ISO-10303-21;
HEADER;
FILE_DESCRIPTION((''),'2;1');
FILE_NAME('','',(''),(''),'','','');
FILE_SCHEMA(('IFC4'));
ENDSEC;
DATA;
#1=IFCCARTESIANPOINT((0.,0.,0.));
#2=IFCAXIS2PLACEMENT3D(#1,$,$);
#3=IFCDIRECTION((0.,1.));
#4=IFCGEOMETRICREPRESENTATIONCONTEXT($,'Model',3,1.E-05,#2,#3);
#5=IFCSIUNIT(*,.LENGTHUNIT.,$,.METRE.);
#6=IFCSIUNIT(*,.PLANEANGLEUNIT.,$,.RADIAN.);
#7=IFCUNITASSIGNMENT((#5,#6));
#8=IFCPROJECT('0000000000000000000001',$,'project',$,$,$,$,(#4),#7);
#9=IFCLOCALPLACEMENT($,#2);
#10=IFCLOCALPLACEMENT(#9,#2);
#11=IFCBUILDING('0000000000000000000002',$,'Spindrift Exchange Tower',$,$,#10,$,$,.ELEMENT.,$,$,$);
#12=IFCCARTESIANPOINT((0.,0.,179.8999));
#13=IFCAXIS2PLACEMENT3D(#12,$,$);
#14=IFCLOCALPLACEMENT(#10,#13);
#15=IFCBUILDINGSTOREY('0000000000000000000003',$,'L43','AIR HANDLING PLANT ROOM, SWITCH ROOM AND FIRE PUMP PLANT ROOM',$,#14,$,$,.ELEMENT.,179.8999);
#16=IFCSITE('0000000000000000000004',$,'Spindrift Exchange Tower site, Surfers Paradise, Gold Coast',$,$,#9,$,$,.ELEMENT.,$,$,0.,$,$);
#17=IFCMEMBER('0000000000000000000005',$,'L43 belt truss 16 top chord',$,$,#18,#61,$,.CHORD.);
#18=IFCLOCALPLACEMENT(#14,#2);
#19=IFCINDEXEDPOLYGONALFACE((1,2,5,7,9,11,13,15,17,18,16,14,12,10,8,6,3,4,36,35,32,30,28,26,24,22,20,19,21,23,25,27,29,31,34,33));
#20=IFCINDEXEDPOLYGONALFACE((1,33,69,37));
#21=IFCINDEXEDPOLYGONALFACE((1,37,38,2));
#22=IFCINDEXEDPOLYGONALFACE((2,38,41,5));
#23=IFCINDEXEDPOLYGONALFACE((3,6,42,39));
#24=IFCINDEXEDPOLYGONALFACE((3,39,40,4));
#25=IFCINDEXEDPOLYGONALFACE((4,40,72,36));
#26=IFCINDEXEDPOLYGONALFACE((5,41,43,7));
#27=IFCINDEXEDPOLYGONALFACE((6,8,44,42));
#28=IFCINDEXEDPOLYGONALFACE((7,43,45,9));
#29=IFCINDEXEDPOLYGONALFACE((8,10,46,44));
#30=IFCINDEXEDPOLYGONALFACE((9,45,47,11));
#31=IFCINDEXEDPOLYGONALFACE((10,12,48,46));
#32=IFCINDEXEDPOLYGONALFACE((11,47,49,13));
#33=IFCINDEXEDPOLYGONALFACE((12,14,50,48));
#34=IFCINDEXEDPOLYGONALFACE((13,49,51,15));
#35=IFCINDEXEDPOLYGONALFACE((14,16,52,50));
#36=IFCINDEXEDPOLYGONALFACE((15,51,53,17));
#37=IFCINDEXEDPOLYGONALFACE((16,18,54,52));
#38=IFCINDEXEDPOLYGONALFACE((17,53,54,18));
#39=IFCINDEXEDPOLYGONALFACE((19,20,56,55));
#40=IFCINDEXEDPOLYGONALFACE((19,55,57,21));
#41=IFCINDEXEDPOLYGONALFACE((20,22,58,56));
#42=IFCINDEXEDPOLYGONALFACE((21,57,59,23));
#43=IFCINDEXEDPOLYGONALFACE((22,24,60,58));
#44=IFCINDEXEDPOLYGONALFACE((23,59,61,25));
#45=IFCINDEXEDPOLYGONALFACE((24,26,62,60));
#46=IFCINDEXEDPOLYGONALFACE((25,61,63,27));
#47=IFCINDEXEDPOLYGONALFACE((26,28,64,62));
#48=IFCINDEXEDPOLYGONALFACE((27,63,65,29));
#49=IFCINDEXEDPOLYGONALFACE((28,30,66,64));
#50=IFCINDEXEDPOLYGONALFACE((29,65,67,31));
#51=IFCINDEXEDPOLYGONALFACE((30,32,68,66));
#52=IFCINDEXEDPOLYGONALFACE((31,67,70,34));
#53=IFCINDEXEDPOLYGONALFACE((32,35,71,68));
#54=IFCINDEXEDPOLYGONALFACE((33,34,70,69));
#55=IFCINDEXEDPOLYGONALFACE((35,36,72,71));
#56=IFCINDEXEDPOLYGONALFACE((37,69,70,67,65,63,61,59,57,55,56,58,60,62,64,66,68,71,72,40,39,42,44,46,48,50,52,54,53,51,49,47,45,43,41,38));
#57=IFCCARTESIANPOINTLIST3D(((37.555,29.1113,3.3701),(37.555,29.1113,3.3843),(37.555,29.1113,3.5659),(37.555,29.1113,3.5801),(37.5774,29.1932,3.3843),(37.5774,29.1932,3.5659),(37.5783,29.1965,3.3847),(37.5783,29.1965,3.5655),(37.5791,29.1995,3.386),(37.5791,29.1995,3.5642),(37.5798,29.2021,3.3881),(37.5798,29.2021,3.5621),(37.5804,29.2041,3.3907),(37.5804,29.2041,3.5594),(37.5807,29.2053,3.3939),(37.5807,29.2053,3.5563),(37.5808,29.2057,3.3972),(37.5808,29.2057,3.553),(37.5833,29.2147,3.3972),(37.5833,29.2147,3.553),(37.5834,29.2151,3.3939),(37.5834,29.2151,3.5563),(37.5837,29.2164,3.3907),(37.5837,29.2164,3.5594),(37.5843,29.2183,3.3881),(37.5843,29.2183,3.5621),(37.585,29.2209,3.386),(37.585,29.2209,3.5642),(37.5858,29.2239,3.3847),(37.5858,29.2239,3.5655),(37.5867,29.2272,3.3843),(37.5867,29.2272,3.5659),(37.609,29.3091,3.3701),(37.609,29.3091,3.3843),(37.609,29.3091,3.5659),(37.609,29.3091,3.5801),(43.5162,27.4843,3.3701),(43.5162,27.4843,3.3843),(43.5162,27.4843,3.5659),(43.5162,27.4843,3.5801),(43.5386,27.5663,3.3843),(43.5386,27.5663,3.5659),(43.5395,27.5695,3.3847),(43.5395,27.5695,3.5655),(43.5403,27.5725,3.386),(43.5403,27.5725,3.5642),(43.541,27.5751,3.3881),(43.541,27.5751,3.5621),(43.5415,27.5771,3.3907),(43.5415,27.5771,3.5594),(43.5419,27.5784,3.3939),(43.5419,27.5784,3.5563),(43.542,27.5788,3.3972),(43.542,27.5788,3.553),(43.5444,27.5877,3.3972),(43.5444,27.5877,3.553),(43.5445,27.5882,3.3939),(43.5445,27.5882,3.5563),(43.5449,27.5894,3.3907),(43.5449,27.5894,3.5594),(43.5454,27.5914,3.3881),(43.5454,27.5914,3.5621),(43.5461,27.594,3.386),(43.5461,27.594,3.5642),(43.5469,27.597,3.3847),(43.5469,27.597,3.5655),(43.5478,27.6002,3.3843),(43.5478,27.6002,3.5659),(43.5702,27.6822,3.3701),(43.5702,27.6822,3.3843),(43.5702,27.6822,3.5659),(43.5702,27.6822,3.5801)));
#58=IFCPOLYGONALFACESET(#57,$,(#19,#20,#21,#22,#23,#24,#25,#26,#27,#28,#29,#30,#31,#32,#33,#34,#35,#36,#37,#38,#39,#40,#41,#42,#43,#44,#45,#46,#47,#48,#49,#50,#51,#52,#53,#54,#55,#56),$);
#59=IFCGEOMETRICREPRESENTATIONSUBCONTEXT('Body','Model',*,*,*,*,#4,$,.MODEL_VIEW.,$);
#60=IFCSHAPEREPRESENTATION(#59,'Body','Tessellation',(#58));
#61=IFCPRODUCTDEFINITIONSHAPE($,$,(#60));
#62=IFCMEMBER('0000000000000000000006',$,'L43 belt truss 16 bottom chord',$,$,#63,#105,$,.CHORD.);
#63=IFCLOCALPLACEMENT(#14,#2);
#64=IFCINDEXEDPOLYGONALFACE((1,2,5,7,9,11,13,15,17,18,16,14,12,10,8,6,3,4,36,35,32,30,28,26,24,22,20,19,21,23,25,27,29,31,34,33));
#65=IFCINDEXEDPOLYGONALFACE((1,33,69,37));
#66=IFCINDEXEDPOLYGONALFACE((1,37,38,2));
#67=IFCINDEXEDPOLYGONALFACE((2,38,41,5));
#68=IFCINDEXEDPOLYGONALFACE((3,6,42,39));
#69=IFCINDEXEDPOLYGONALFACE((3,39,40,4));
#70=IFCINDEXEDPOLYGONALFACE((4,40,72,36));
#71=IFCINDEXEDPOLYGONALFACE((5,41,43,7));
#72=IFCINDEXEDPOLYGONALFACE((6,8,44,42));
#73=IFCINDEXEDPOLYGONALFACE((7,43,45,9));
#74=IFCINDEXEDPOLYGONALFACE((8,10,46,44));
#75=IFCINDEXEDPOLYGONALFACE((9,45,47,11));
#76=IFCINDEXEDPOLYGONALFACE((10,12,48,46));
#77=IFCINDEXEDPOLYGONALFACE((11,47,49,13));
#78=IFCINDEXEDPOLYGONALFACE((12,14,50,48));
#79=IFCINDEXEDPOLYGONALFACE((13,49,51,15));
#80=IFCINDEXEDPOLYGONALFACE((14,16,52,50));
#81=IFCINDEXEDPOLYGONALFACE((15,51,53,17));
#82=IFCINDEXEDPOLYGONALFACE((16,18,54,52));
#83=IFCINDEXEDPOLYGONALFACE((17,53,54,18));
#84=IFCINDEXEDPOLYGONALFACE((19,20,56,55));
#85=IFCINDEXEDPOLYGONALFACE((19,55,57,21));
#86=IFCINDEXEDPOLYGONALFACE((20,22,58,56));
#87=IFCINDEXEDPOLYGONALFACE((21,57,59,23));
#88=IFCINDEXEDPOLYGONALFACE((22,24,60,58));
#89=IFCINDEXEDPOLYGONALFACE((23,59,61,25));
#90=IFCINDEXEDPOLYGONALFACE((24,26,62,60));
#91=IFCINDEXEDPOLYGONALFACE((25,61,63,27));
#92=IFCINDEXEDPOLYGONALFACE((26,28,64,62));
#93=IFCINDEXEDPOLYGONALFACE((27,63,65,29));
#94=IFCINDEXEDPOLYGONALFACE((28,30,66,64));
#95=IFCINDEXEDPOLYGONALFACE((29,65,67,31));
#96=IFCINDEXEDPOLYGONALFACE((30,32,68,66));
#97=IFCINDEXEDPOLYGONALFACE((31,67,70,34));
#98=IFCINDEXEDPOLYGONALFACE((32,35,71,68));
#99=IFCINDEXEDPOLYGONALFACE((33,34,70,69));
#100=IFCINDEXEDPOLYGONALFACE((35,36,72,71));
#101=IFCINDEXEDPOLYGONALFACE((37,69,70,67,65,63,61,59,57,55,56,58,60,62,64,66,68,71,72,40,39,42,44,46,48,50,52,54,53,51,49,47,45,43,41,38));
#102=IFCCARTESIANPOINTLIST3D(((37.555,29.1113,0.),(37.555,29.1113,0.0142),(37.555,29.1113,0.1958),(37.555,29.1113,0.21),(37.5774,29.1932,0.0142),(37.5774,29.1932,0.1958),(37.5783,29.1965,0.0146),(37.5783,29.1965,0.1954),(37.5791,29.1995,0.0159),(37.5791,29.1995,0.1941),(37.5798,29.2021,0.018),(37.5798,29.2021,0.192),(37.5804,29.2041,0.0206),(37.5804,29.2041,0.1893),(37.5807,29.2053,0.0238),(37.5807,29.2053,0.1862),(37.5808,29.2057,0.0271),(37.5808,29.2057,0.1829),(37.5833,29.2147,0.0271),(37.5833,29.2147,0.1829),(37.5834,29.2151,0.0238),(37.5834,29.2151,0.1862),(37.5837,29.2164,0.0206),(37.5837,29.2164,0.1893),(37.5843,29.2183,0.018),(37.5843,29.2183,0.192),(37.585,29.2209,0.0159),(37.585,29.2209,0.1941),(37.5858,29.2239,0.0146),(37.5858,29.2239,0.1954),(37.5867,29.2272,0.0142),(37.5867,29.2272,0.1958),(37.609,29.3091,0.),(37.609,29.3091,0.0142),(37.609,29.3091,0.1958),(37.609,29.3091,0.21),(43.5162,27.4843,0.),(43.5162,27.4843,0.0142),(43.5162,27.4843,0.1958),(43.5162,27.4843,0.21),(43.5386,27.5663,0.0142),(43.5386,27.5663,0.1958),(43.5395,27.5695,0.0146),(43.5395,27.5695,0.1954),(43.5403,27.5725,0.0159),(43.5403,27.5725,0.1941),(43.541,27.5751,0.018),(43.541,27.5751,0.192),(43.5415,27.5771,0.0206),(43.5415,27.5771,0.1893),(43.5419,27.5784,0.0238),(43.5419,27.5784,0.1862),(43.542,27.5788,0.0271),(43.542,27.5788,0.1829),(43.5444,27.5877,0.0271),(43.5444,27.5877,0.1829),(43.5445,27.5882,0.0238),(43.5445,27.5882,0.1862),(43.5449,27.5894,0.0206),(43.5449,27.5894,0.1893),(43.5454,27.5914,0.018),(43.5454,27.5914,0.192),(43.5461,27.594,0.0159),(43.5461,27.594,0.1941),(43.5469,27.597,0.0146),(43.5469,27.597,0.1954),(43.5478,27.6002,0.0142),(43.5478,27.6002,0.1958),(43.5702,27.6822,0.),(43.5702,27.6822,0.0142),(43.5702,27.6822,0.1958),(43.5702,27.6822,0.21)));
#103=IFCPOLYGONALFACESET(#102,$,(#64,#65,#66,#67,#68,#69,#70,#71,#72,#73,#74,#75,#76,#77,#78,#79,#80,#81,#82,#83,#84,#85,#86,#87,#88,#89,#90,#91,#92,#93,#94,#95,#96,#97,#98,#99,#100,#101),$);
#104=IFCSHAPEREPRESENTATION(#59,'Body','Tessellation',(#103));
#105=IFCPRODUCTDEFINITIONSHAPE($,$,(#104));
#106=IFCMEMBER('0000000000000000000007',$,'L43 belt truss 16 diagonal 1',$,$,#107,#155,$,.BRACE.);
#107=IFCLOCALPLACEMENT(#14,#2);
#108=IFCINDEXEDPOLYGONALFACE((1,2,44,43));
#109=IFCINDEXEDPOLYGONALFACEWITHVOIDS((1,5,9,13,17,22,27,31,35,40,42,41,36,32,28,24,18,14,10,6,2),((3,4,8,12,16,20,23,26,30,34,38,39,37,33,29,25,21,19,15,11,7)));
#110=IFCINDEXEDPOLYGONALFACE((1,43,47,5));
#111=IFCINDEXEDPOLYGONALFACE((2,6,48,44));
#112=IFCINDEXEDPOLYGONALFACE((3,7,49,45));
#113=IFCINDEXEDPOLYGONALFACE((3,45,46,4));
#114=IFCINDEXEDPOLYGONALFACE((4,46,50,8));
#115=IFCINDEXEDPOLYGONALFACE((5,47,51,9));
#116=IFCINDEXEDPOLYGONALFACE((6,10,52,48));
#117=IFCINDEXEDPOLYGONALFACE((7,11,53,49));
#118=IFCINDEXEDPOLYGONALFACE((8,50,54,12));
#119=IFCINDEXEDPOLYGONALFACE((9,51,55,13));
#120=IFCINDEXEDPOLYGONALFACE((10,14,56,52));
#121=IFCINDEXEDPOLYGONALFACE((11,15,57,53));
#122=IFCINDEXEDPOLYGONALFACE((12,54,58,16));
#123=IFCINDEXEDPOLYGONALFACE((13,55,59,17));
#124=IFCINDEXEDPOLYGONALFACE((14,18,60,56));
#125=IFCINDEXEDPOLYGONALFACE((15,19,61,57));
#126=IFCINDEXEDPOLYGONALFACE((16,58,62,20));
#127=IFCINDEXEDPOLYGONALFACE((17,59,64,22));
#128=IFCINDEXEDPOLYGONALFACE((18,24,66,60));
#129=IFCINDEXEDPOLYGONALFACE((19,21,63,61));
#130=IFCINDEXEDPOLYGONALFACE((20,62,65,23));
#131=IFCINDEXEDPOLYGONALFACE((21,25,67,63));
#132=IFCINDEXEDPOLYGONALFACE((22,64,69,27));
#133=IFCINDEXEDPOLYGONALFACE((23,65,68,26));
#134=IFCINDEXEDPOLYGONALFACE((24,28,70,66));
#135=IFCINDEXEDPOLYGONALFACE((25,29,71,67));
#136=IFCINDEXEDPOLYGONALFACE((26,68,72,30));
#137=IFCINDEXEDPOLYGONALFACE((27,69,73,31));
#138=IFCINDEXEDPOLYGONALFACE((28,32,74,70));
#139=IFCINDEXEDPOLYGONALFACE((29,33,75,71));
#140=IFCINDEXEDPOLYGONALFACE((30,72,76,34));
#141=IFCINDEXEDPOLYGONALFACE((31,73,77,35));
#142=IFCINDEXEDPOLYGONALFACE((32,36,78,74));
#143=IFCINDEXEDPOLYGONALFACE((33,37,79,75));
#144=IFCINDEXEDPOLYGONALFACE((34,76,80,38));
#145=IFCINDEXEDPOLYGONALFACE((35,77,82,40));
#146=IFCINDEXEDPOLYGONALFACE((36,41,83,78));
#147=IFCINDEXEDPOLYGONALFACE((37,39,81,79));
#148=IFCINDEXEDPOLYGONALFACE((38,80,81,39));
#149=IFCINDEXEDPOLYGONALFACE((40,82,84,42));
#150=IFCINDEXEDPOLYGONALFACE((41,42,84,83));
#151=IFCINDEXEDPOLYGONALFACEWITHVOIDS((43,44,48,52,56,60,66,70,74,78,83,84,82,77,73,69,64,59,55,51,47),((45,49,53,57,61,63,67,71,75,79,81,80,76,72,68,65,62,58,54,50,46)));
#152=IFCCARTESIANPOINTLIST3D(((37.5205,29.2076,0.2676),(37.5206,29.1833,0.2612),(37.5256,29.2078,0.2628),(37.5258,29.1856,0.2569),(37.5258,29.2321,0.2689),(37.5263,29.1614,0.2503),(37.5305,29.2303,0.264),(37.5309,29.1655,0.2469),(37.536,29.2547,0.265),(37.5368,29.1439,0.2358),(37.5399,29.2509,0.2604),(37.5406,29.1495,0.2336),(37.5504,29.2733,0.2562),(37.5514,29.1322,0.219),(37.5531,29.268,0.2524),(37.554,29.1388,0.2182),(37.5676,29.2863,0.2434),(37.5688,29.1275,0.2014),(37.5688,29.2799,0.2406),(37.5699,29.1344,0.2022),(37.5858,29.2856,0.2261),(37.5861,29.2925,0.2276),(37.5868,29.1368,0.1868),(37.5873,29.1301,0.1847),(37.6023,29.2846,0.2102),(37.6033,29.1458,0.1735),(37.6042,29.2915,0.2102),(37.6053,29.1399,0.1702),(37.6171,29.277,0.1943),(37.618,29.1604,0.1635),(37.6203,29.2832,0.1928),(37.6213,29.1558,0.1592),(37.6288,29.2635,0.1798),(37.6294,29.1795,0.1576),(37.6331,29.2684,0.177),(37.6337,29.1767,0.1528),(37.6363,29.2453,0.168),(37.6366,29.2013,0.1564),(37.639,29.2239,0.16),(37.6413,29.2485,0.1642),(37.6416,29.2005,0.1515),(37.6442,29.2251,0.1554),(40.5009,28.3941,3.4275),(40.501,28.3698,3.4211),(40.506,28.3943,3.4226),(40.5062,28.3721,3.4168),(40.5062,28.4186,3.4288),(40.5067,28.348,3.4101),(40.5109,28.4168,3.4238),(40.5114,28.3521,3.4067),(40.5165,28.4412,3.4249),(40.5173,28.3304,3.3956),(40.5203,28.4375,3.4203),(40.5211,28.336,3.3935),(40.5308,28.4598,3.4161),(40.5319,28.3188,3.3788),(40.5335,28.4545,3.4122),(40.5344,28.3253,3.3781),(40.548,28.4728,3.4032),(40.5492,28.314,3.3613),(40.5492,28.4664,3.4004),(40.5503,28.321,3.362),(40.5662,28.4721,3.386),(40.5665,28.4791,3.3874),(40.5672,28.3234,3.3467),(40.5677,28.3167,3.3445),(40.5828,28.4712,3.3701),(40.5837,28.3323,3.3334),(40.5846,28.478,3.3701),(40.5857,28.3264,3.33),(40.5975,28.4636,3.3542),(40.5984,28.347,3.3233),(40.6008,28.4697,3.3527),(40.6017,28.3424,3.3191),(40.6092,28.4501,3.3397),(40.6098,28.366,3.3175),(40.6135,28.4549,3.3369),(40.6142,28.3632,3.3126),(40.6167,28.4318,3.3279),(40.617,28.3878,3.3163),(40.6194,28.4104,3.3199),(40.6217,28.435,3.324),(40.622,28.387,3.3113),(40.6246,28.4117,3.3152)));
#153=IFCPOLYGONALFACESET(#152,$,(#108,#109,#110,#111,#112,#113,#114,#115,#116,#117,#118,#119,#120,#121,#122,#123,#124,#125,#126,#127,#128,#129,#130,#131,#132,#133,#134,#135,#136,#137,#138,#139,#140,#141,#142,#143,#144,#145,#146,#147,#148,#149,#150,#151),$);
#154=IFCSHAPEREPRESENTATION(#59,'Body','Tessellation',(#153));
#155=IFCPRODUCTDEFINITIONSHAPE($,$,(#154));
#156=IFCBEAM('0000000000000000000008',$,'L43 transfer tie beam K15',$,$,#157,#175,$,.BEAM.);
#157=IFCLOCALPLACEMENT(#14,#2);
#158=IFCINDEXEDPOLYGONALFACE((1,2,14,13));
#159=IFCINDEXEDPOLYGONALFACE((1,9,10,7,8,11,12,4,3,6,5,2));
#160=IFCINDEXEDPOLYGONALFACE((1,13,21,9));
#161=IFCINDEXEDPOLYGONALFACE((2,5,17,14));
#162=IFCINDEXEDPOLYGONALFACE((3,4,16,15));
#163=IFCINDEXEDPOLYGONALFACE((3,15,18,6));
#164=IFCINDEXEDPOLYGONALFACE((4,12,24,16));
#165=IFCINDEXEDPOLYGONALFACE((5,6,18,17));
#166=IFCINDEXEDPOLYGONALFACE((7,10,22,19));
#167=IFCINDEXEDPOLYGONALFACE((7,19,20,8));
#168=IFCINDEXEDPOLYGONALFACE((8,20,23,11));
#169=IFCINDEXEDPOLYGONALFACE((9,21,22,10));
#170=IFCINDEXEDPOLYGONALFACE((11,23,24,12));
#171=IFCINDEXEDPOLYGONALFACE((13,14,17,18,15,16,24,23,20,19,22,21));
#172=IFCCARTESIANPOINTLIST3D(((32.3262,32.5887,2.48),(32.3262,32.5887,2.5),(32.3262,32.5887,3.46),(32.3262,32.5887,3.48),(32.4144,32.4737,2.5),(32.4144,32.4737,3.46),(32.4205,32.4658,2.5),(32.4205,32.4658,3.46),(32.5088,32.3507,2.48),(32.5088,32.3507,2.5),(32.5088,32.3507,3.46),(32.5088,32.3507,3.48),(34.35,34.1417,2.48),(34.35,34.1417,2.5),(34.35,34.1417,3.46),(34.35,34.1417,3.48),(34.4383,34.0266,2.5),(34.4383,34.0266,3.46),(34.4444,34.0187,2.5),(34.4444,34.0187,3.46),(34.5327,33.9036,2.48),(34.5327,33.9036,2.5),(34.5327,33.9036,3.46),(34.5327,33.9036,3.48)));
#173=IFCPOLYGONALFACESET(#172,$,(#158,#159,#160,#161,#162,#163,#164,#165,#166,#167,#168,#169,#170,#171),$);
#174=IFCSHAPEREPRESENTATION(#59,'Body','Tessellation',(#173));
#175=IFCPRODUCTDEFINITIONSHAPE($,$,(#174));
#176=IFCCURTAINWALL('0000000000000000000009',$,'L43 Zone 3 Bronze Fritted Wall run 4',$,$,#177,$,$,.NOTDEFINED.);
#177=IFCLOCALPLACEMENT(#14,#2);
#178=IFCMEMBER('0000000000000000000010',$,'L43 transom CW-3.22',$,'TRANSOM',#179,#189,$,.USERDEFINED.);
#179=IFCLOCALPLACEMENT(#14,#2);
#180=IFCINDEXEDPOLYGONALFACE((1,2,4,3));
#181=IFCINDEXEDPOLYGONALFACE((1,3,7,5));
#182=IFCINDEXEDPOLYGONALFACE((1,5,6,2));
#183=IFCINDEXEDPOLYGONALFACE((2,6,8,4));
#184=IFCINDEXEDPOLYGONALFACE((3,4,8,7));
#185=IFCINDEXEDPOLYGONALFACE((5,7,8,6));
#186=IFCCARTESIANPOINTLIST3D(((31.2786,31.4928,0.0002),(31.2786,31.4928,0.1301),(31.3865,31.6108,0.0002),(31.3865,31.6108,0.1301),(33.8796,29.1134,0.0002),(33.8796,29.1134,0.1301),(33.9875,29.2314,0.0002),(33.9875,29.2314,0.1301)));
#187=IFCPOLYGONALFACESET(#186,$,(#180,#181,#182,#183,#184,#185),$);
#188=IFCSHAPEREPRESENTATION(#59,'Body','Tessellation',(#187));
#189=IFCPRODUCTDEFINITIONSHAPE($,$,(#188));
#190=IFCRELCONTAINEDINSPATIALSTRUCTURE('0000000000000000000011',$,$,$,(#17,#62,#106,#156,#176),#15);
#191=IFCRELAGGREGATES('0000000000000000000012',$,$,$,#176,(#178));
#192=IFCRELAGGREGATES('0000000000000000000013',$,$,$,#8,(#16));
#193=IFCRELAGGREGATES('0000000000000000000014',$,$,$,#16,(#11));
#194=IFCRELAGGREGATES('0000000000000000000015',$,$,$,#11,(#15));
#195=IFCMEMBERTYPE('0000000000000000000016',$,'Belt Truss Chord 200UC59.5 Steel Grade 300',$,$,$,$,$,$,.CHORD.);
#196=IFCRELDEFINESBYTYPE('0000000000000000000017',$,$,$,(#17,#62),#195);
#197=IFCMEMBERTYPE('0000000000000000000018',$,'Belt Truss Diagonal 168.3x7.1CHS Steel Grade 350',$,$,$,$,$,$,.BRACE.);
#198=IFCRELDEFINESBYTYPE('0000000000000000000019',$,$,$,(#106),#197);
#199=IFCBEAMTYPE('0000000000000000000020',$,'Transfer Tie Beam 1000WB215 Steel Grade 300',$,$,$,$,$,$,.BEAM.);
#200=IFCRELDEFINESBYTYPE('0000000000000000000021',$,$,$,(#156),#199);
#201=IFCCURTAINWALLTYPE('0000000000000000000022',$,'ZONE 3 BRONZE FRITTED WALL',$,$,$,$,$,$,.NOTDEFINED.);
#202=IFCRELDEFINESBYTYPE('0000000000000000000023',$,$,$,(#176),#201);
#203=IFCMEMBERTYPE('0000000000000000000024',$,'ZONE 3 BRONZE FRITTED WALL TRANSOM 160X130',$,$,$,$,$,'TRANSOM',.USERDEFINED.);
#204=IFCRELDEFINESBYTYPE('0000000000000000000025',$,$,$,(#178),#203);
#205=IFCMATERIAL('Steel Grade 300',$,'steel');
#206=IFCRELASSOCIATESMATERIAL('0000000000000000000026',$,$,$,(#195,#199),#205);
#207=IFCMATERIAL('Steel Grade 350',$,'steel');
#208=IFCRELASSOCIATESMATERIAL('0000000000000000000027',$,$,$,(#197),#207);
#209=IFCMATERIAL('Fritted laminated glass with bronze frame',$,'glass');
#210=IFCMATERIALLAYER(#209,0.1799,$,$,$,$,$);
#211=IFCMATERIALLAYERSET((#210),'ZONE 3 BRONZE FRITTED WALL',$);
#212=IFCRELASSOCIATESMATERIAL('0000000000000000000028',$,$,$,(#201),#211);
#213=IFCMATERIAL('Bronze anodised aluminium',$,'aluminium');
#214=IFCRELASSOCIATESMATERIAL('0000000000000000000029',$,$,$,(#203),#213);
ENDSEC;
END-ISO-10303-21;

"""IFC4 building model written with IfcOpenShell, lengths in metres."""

from ifc_helpers import new_model, si_unit, direction, frame, origin, origin_2d, place, context, subcontext, project, spatial, rectangle, hollow_circle, i_section, extrude, source, transform, mapped, material, layer, layer_set, material_profile, profile_set, type_object, element, aggregate, save


model = new_model("IFC4")

# Units and contexts
model_context = context("Model", 3, precision=1e-05, world=origin(), true_north=direction((0.0, 1.0)))
body_context = subcontext(model_context, "Body", "Model", "MODEL_VIEW")
ifc_project = project(units=[si_unit("LENGTHUNIT", "METRE"), si_unit("PLANEANGLEUNIT", "RADIAN")], contexts=[model_context])

# Site, building, storey
site_placement = place(None, origin())
site = spatial("IfcSite", under=ifc_project, at=site_placement, Name="Spindrift Exchange Tower site, Surfers Paradise, Gold Coast", CompositionType="ELEMENT", RefElevation=0.0)
building_placement = place(site_placement, origin())
building = spatial("IfcBuilding", under=site, at=building_placement, Name="Spindrift Exchange Tower", CompositionType="ELEMENT")
storey_placement = place(building_placement, frame((0.0, 0.0, 179.8999)))
storey = spatial("IfcBuildingStorey", under=building, at=storey_placement, Name="L43", Description="AIR HANDLING PLANT ROOM, SWITCH ROOM AND FIRE PUMP PLANT ROOM", CompositionType="ELEMENT", Elevation=179.8999)

# Shared definitions
ifc_material_1 = material(Name="Steel Grade 300", Category="steel")

# Members
ifc_material_profile_1 = material_profile(ifc_material_1, i_section(OverallWidth=0.2051, OverallDepth=0.21, WebThickness=0.0093, FlangeThickness=0.0142, FilletRadius=0.0129, at=origin_2d()), Name="200UC59.5")
ifc_profile_set_1 = profile_set([ifc_material_profile_1], Name="Steel Grade 300")
member_type_1 = type_object("IfcMemberType", Name="Belt Truss Chord 200UC59.5 Steel Grade 300", PredefinedType="CHORD", material=ifc_profile_set_1)
ifc_material_2 = material(Name="Steel Grade 350", Category="steel")
ifc_material_profile_2 = material_profile(ifc_material_2, hollow_circle(Radius=0.0842, WallThickness=0.0071, at=origin_2d()), Name="168.3x7.1CHS")
ifc_profile_set_2 = profile_set([ifc_material_profile_2], Name="Steel Grade 350")
member_type_2 = type_object("IfcMemberType", Name="Belt Truss Diagonal 168.3x7.1CHS Steel Grade 350", PredefinedType="BRACE", material=ifc_profile_set_2)
shared_shape_1 = source(origin(), body_context, "Body", "SweptSolid", [
    extrude(i_section(OverallWidth=0.2051, OverallDepth=0.21, WebThickness=0.0093, FlangeThickness=0.0142, FilletRadius=0.0129, at=origin_2d()), origin(), (0.0, 0.0, 1.0), 6.1792),
])
for number, where, z_axis, x_axis, name in (
    (1, (37.582, 29.2102, 3.4751), (0.964715, -0.263295, 0.0), (0.263295, 0.964715, 0.0), "L43 belt truss 16 top chord"),
    (2, (37.582, 29.2102, 0.105), (0.964715, -0.263295, 0.0), (0.263295, 0.964715, 0.0), "L43 belt truss 16 bottom chord"),
):
    element("IfcMember", number, at=place(storey_placement, frame(where, z_axis=z_axis, x_axis=x_axis)), inside=storey, type_object=member_type_1, Name=name, PredefinedType="CHORD", context=body_context, shape_type="MappedRepresentation", body=[
        mapped(shared_shape_1, transform((0.0, 0.0, 0.0), scale=1.0)),
    ])
shared_shape_2 = source(origin(), body_context, "Body", "SweptSolid", [
    extrude(hollow_circle(Radius=0.0842, WallThickness=0.0071, at=origin_2d()), origin(), (0.0, 0.0, 1.0), 4.4192),
])
member_1_placement = place(storey_placement, frame((37.582, 29.2102, 0.2102), z_axis=(0.674425, -0.184075, 0.71503), x_axis=(0.263305, 0.964713, 0.0)))
element("IfcMember", 3, at=member_1_placement, inside=storey, type_object=member_type_2, Name="L43 belt truss 16 diagonal 1", PredefinedType="BRACE", context=body_context, shape_type="MappedRepresentation", body=[
    mapped(shared_shape_2, transform((0.0, 0.0, 0.0), scale=1.0)),
])

# Beam
ifc_material_profile_3 = material_profile(ifc_material_1, i_section(OverallWidth=0.3, OverallDepth=1.0, WebThickness=0.01, FlangeThickness=0.02, at=origin_2d()), Name="1000WB215")
ifc_profile_set_3 = profile_set([ifc_material_profile_3], Name="Steel Grade 300")
beam_type_1 = type_object("IfcBeamType", Name="Transfer Tie Beam 1000WB215 Steel Grade 300", PredefinedType="BEAM", material=ifc_profile_set_3)
shared_shape_3 = source(origin(), body_context, "Body", "SweptSolid", [
    extrude(i_section(OverallWidth=0.3, OverallDepth=1.0, WebThickness=0.01, FlangeThickness=0.02, at=origin_2d()), origin(), (0.0, 0.0, 1.0), 2.551),
])
beam_1_placement = place(storey_placement, frame((32.4175, 32.4697, 2.98), z_axis=(0.79336, 0.608753, 0.0), x_axis=(-0.608753, 0.79336, 0.0)))
element("IfcBeam", 4, at=beam_1_placement, inside=storey, type_object=beam_type_1, Name="L43 transfer tie beam K15", PredefinedType="BEAM", context=body_context, shape_type="MappedRepresentation", body=[
    mapped(shared_shape_3, transform((0.0, 0.0, 0.0), scale=1.0)),
])

# Curtain wall, member
ifc_material_3 = material(Name="Fritted laminated glass with bronze frame", Category="glass")
ifc_layer_1 = layer(ifc_material_3, 0.1799)
ifc_layer_set_1 = layer_set([ifc_layer_1], Name="ZONE 3 BRONZE FRITTED WALL")
curtain_wall_type = type_object("IfcCurtainWallType", Name="ZONE 3 BRONZE FRITTED WALL", PredefinedType="NOTDEFINED", material=ifc_layer_set_1)
curtain_wall_placement = place(storey_placement, origin())
curtain_wall = element("IfcCurtainWall", 5, at=curtain_wall_placement, inside=storey, type_object=curtain_wall_type, Name="L43 Zone 3 Bronze Fritted Wall run 4", PredefinedType="NOTDEFINED")
ifc_material_4 = material(Name="Bronze anodised aluminium", Category="aluminium")
ifc_material_profile_4 = material_profile(ifc_material_4, rectangle(XDim=0.1599, YDim=0.1299, at=origin_2d()), Name="ZONE 3 BRONZE FRITTED WALL TRANSOM 160X130")
ifc_profile_set_4 = profile_set([ifc_material_profile_4], Name="Bronze anodised aluminium")
member_type_3 = type_object("IfcMemberType", Name="ZONE 3 BRONZE FRITTED WALL TRANSOM 160X130", ElementType="TRANSOM", PredefinedType="USERDEFINED", material=ifc_profile_set_4)
shared_shape_4 = source(origin(), body_context, "Body", "SweptSolid", [
    extrude(rectangle(XDim=0.1599, YDim=0.1299, at=origin_2d()), origin(), (0.0, 0.0, 1.0), 3.5251),
])
member_2_placement = place(storey_placement, frame((31.3325, 31.5518, 0.0652), z_axis=(0.737849, -0.674965, 0.0), x_axis=(0.674965, 0.737849, 0.0)))
member_2 = element("IfcMember", 6, at=member_2_placement, type_object=member_type_3, Name="L43 transom CW-3.22", ObjectType="TRANSOM", PredefinedType="USERDEFINED", context=body_context, shape_type="MappedRepresentation", body=[
    mapped(shared_shape_4, transform((0.0, 0.0, 0.0), scale=1.0)),
])

aggregate(curtain_wall, [member_2])

save(model, "model.ifc")
